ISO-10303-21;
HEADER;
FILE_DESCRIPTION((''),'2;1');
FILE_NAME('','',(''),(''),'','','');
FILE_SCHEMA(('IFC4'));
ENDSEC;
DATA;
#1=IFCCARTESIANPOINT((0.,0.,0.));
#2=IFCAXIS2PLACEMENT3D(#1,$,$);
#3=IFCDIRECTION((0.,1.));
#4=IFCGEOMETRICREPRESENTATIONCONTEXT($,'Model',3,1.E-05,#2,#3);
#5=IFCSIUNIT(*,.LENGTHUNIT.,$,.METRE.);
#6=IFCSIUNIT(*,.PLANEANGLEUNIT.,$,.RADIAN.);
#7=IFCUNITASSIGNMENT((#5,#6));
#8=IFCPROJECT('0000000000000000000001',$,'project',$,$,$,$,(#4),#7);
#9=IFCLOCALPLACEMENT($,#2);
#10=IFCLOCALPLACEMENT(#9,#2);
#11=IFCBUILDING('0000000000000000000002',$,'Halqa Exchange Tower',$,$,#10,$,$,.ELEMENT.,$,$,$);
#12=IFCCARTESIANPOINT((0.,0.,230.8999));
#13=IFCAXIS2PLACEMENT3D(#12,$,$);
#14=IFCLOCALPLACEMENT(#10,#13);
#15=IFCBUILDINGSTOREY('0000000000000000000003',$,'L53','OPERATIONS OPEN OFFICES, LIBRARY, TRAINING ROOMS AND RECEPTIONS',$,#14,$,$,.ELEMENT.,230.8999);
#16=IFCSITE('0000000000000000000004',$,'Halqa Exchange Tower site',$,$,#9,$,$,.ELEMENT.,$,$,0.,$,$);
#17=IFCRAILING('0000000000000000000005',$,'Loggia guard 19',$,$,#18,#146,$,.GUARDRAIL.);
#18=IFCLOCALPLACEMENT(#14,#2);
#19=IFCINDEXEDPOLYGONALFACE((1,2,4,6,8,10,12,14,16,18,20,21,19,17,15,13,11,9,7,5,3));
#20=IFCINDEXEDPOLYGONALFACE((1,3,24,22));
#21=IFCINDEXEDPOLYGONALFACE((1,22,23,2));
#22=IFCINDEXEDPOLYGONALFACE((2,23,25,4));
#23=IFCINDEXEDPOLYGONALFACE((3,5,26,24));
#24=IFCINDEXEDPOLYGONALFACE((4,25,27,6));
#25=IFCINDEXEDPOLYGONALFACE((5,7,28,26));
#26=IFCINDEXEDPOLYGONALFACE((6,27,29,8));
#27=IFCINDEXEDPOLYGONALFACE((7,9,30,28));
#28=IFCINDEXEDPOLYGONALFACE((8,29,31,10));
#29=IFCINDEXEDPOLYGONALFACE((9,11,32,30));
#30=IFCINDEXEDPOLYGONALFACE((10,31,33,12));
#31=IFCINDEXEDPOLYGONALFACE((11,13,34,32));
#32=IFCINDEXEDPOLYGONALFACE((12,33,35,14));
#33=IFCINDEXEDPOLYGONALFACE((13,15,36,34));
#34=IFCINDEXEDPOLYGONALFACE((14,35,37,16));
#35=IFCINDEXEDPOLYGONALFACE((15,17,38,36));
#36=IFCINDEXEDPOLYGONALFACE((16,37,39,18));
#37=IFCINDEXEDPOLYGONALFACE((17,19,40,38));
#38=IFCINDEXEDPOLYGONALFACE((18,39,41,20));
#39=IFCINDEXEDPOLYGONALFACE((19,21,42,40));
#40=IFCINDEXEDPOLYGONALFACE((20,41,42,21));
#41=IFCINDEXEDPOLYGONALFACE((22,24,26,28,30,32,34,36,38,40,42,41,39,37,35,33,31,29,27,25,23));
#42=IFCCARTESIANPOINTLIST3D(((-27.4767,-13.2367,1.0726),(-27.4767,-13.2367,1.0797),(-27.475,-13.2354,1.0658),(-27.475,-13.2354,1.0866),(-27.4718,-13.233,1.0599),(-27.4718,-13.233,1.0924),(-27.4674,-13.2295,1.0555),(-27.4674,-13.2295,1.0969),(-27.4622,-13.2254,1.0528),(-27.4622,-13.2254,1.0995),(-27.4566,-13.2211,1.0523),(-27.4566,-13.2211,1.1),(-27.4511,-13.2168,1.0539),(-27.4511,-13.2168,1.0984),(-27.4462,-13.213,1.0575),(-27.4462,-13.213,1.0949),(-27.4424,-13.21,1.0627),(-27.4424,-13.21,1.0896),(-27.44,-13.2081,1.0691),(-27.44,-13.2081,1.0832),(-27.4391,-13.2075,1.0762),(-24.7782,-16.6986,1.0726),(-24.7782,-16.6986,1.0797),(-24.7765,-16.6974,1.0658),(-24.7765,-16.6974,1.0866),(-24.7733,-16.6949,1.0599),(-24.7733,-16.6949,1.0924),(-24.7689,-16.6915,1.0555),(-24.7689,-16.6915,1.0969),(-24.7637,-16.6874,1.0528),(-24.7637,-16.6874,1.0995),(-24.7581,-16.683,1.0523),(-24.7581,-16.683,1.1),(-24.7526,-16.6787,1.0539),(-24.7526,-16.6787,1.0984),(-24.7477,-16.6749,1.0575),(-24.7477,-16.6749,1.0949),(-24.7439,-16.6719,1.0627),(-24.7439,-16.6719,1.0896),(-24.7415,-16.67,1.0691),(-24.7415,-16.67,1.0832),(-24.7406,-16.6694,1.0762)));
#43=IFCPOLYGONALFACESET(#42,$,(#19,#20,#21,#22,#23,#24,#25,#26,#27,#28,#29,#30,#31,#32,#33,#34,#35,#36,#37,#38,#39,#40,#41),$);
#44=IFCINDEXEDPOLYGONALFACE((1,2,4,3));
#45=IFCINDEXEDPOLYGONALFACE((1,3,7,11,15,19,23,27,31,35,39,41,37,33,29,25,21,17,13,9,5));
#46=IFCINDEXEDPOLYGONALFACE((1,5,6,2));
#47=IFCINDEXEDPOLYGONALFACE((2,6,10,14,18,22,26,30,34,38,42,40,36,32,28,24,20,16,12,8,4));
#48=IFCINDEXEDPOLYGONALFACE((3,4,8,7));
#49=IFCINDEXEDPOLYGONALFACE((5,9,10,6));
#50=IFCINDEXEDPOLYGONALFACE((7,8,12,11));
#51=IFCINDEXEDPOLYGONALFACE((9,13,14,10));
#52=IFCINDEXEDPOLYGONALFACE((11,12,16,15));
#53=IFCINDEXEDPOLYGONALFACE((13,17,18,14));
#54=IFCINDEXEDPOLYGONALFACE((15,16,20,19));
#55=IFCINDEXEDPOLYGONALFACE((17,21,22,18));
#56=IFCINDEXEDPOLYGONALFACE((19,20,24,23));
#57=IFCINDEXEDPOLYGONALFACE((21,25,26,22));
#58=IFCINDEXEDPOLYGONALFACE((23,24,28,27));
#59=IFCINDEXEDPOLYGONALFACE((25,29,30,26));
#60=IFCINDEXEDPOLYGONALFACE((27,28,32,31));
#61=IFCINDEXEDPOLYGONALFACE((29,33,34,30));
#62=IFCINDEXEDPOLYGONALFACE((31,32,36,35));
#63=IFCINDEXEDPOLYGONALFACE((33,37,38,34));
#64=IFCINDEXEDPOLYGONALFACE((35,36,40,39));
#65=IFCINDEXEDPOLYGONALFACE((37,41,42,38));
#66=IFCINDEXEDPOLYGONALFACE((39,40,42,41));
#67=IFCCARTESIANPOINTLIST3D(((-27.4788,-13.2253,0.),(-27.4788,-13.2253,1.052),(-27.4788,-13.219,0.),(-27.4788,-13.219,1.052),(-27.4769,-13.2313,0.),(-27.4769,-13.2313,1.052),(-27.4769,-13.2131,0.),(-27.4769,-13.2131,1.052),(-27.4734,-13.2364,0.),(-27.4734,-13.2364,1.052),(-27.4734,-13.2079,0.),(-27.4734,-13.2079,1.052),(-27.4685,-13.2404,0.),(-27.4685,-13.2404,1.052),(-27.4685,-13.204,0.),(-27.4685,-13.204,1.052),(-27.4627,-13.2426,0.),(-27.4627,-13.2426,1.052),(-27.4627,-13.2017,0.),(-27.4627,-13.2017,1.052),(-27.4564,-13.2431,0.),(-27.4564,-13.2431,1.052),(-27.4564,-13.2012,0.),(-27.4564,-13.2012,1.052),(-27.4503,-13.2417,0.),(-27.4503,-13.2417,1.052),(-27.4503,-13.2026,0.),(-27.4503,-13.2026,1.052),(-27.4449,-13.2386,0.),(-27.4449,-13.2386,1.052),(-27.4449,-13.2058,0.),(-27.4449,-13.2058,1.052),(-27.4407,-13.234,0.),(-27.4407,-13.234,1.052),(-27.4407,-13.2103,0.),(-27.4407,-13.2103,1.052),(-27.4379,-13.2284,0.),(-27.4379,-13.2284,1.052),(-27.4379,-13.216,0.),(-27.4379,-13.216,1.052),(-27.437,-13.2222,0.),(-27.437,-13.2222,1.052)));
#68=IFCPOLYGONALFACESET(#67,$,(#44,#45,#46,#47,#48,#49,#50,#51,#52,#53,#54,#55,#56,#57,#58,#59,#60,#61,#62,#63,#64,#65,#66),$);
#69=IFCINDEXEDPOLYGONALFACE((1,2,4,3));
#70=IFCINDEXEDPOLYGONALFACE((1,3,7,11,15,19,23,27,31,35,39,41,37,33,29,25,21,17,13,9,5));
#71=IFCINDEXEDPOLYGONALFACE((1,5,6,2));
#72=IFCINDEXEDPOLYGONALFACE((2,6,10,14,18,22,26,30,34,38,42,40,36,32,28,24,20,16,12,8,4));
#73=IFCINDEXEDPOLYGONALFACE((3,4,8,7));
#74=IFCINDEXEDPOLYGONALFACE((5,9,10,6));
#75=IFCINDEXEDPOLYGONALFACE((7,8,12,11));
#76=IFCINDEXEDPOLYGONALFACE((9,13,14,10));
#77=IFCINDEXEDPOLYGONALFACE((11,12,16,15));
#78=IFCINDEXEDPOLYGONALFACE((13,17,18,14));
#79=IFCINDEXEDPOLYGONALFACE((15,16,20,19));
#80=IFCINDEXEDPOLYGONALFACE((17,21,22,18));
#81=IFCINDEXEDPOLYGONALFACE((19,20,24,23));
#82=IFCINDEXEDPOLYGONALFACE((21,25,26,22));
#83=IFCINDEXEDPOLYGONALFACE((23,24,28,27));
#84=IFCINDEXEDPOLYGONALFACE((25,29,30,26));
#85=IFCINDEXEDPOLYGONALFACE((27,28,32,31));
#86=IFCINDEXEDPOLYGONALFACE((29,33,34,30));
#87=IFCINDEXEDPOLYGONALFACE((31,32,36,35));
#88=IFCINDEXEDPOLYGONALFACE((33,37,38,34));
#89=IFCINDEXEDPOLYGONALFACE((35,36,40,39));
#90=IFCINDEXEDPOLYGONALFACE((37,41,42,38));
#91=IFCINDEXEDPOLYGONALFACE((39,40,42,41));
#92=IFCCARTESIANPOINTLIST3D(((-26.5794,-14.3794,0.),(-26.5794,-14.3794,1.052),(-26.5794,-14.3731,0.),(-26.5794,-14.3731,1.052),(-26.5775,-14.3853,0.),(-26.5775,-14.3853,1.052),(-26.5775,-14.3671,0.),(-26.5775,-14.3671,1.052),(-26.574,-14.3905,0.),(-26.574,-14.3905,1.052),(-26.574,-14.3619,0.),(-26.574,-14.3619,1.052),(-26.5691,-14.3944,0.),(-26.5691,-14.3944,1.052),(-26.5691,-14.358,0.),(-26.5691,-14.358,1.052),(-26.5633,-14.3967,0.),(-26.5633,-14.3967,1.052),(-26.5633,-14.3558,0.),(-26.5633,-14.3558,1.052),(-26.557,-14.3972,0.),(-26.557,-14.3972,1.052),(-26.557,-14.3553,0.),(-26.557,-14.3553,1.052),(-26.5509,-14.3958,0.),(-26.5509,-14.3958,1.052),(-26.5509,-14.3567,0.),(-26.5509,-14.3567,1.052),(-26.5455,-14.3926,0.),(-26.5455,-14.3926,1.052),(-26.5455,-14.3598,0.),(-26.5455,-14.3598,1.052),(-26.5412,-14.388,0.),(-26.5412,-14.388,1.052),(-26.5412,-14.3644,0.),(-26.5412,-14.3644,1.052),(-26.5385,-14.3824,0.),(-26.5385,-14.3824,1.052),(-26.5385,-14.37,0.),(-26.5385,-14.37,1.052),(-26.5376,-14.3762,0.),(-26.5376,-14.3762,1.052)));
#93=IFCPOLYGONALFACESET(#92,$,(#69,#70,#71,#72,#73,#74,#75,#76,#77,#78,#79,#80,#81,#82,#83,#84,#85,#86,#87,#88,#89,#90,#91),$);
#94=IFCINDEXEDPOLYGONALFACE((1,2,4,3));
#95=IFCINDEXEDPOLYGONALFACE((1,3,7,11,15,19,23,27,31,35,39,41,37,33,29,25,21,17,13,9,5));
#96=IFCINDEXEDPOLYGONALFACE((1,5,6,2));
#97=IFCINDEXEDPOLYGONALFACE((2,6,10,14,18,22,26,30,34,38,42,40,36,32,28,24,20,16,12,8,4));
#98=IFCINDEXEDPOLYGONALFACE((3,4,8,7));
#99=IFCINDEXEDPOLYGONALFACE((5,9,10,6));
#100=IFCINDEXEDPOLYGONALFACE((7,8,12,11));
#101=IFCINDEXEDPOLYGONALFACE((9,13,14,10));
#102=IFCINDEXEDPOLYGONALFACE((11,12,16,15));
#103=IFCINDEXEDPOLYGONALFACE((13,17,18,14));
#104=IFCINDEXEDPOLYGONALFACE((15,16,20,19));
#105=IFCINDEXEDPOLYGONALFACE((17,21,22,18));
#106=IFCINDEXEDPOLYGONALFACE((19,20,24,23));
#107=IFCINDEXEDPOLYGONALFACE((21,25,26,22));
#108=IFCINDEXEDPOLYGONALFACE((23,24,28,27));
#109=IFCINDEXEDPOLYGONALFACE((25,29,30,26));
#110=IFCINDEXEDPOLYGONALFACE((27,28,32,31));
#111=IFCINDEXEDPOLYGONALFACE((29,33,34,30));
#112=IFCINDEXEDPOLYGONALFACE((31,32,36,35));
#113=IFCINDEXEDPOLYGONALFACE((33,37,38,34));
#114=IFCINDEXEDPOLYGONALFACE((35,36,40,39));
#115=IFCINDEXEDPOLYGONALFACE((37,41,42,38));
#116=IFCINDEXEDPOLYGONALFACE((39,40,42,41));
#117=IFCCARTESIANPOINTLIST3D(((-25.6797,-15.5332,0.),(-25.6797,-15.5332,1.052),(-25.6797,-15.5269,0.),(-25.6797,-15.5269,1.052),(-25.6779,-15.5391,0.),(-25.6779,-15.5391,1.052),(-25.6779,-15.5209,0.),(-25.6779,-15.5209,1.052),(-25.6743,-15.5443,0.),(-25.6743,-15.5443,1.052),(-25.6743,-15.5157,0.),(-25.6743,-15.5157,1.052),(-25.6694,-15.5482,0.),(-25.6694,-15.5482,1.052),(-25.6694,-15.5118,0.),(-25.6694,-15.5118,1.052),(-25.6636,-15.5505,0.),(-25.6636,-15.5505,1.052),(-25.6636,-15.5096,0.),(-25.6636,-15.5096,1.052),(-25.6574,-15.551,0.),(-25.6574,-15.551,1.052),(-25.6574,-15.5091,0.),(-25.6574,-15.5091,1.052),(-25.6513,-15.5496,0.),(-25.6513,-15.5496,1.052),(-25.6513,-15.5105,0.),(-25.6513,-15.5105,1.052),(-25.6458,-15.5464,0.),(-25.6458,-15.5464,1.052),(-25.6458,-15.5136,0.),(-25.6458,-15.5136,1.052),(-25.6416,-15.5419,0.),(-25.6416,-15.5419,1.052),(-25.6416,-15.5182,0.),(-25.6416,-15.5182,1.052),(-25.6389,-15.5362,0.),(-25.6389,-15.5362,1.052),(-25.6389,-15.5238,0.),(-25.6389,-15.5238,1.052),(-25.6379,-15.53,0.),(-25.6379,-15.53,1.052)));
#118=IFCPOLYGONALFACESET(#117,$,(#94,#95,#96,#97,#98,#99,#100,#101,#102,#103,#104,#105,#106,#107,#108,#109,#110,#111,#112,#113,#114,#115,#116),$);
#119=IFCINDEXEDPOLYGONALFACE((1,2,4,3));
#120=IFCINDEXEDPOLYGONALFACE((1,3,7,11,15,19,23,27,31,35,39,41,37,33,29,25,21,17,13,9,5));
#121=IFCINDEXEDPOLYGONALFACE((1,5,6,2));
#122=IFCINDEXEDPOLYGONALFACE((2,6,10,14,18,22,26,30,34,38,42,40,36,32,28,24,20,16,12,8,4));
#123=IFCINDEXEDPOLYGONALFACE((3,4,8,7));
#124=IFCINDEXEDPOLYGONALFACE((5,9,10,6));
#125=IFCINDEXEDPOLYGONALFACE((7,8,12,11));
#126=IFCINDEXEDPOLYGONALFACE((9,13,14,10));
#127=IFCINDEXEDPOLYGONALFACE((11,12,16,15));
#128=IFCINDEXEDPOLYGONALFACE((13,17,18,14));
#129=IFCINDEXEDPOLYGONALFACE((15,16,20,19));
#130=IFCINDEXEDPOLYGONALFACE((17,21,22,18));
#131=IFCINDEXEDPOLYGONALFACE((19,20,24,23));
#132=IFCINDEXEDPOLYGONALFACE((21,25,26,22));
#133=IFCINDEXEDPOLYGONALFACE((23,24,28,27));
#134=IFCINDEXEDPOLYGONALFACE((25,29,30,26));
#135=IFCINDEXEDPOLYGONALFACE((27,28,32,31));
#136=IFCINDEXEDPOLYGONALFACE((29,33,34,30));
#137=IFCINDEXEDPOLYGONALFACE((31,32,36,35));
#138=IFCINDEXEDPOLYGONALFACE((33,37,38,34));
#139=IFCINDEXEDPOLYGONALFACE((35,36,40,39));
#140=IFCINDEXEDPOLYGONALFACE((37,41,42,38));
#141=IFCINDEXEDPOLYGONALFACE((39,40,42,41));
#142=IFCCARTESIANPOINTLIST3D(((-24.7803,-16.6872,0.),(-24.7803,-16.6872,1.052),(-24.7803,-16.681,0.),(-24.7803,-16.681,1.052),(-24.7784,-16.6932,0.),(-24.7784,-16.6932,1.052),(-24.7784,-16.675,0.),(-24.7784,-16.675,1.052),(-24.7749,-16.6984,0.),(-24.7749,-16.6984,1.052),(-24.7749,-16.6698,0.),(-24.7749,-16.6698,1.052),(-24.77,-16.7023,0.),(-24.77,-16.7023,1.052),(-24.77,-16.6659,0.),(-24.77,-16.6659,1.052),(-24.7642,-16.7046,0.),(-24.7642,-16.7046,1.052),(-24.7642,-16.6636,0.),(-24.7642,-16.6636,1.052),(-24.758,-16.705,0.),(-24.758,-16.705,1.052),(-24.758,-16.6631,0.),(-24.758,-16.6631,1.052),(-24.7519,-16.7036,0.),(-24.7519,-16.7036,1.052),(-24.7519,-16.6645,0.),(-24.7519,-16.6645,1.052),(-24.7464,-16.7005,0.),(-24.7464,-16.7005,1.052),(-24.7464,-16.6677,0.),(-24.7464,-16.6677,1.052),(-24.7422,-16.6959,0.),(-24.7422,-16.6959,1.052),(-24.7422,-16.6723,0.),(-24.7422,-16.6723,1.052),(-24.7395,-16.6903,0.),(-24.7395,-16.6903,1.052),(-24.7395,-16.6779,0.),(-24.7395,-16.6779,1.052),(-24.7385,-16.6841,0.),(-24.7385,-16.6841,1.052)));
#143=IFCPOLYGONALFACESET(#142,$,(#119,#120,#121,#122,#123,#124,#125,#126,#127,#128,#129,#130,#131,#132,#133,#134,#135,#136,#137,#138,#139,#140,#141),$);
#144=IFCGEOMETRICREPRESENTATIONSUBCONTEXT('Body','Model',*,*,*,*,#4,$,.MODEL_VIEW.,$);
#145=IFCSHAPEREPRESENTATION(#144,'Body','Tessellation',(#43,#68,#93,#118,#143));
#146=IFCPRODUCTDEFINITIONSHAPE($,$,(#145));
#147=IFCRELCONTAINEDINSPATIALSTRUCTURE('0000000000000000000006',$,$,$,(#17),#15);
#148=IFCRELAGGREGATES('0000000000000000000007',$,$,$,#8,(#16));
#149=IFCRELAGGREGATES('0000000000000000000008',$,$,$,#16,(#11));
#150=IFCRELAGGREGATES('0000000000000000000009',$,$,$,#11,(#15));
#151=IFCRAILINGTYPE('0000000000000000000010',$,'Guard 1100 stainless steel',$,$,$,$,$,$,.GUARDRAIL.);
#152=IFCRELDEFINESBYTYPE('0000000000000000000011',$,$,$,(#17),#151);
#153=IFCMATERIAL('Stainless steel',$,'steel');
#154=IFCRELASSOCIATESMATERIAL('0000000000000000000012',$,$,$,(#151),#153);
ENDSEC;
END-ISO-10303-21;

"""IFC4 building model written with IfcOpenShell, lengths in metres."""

from ifc_helpers import new_model, si_unit, direction, frame, origin, origin_2d, place, context, subcontext, project, spatial, circle, extrude, material, type_object, element, save


model = new_model("IFC4")

# Units and contexts
model_context = context("Model", 3, precision=1e-05, world=origin(), true_north=direction((0.0, 1.0)))
body_context = subcontext(model_context, "Body", "Model", "MODEL_VIEW")
ifc_project = project(units=[si_unit("LENGTHUNIT", "METRE"), si_unit("PLANEANGLEUNIT", "RADIAN")], contexts=[model_context])

# Site, building, storey
site_placement = place(None, origin())
site = spatial("IfcSite", under=ifc_project, at=site_placement, Name="Halqa Exchange Tower site", CompositionType="ELEMENT", RefElevation=0.0)
building_placement = place(site_placement, origin())
building = spatial("IfcBuilding", under=site, at=building_placement, Name="Halqa Exchange Tower", CompositionType="ELEMENT")
storey_placement = place(building_placement, frame((0.0, 0.0, 230.8999)))
storey = spatial("IfcBuildingStorey", under=building, at=storey_placement, Name="L53", Description="OPERATIONS OPEN OFFICES, LIBRARY, TRAINING ROOMS AND RECEPTIONS", CompositionType="ELEMENT", Elevation=230.8999)

# Railing
ifc_material_1 = material(Name="Stainless steel", Category="steel")
railing_type = type_object("IfcRailingType", Name="Guard 1100 stainless steel", PredefinedType="GUARDRAIL", material=ifc_material_1)
railing_1_placement = place(storey_placement, frame((-27.458, -13.2222, 0.0)))
element("IfcRailing", 1, at=railing_1_placement, inside=storey, type_object=railing_type, Name="Loggia guard 19", PredefinedType="GUARDRAIL", context=body_context, shape_type="SweptSolid", body=[
    extrude(circle(Radius=0.0239, at=origin_2d()), frame((0.0, 0.0, 1.0762), z_axis=(0.614776, -0.788702, 0.0), x_axis=(0.788702, 0.614776, 0.0)), (0.0, 0.0, 1.0), 4.3894),
    extrude(circle(Radius=0.021, at=origin_2d()), origin(), (0.0, 0.0, 1.0), 1.052),
    extrude(circle(Radius=0.021, at=origin_2d()), frame((0.8994, -1.1541, 0.0)), (0.0, 0.0, 1.0), 1.052),
    extrude(circle(Radius=0.021, at=origin_2d()), frame((1.7991, -2.3079, 0.0)), (0.0, 0.0, 1.0), 1.052),
    extrude(circle(Radius=0.021, at=origin_2d()), frame((2.6985, -3.4619, 0.0)), (0.0, 0.0, 1.0), 1.052),
])

save(model, "model.ifc")
